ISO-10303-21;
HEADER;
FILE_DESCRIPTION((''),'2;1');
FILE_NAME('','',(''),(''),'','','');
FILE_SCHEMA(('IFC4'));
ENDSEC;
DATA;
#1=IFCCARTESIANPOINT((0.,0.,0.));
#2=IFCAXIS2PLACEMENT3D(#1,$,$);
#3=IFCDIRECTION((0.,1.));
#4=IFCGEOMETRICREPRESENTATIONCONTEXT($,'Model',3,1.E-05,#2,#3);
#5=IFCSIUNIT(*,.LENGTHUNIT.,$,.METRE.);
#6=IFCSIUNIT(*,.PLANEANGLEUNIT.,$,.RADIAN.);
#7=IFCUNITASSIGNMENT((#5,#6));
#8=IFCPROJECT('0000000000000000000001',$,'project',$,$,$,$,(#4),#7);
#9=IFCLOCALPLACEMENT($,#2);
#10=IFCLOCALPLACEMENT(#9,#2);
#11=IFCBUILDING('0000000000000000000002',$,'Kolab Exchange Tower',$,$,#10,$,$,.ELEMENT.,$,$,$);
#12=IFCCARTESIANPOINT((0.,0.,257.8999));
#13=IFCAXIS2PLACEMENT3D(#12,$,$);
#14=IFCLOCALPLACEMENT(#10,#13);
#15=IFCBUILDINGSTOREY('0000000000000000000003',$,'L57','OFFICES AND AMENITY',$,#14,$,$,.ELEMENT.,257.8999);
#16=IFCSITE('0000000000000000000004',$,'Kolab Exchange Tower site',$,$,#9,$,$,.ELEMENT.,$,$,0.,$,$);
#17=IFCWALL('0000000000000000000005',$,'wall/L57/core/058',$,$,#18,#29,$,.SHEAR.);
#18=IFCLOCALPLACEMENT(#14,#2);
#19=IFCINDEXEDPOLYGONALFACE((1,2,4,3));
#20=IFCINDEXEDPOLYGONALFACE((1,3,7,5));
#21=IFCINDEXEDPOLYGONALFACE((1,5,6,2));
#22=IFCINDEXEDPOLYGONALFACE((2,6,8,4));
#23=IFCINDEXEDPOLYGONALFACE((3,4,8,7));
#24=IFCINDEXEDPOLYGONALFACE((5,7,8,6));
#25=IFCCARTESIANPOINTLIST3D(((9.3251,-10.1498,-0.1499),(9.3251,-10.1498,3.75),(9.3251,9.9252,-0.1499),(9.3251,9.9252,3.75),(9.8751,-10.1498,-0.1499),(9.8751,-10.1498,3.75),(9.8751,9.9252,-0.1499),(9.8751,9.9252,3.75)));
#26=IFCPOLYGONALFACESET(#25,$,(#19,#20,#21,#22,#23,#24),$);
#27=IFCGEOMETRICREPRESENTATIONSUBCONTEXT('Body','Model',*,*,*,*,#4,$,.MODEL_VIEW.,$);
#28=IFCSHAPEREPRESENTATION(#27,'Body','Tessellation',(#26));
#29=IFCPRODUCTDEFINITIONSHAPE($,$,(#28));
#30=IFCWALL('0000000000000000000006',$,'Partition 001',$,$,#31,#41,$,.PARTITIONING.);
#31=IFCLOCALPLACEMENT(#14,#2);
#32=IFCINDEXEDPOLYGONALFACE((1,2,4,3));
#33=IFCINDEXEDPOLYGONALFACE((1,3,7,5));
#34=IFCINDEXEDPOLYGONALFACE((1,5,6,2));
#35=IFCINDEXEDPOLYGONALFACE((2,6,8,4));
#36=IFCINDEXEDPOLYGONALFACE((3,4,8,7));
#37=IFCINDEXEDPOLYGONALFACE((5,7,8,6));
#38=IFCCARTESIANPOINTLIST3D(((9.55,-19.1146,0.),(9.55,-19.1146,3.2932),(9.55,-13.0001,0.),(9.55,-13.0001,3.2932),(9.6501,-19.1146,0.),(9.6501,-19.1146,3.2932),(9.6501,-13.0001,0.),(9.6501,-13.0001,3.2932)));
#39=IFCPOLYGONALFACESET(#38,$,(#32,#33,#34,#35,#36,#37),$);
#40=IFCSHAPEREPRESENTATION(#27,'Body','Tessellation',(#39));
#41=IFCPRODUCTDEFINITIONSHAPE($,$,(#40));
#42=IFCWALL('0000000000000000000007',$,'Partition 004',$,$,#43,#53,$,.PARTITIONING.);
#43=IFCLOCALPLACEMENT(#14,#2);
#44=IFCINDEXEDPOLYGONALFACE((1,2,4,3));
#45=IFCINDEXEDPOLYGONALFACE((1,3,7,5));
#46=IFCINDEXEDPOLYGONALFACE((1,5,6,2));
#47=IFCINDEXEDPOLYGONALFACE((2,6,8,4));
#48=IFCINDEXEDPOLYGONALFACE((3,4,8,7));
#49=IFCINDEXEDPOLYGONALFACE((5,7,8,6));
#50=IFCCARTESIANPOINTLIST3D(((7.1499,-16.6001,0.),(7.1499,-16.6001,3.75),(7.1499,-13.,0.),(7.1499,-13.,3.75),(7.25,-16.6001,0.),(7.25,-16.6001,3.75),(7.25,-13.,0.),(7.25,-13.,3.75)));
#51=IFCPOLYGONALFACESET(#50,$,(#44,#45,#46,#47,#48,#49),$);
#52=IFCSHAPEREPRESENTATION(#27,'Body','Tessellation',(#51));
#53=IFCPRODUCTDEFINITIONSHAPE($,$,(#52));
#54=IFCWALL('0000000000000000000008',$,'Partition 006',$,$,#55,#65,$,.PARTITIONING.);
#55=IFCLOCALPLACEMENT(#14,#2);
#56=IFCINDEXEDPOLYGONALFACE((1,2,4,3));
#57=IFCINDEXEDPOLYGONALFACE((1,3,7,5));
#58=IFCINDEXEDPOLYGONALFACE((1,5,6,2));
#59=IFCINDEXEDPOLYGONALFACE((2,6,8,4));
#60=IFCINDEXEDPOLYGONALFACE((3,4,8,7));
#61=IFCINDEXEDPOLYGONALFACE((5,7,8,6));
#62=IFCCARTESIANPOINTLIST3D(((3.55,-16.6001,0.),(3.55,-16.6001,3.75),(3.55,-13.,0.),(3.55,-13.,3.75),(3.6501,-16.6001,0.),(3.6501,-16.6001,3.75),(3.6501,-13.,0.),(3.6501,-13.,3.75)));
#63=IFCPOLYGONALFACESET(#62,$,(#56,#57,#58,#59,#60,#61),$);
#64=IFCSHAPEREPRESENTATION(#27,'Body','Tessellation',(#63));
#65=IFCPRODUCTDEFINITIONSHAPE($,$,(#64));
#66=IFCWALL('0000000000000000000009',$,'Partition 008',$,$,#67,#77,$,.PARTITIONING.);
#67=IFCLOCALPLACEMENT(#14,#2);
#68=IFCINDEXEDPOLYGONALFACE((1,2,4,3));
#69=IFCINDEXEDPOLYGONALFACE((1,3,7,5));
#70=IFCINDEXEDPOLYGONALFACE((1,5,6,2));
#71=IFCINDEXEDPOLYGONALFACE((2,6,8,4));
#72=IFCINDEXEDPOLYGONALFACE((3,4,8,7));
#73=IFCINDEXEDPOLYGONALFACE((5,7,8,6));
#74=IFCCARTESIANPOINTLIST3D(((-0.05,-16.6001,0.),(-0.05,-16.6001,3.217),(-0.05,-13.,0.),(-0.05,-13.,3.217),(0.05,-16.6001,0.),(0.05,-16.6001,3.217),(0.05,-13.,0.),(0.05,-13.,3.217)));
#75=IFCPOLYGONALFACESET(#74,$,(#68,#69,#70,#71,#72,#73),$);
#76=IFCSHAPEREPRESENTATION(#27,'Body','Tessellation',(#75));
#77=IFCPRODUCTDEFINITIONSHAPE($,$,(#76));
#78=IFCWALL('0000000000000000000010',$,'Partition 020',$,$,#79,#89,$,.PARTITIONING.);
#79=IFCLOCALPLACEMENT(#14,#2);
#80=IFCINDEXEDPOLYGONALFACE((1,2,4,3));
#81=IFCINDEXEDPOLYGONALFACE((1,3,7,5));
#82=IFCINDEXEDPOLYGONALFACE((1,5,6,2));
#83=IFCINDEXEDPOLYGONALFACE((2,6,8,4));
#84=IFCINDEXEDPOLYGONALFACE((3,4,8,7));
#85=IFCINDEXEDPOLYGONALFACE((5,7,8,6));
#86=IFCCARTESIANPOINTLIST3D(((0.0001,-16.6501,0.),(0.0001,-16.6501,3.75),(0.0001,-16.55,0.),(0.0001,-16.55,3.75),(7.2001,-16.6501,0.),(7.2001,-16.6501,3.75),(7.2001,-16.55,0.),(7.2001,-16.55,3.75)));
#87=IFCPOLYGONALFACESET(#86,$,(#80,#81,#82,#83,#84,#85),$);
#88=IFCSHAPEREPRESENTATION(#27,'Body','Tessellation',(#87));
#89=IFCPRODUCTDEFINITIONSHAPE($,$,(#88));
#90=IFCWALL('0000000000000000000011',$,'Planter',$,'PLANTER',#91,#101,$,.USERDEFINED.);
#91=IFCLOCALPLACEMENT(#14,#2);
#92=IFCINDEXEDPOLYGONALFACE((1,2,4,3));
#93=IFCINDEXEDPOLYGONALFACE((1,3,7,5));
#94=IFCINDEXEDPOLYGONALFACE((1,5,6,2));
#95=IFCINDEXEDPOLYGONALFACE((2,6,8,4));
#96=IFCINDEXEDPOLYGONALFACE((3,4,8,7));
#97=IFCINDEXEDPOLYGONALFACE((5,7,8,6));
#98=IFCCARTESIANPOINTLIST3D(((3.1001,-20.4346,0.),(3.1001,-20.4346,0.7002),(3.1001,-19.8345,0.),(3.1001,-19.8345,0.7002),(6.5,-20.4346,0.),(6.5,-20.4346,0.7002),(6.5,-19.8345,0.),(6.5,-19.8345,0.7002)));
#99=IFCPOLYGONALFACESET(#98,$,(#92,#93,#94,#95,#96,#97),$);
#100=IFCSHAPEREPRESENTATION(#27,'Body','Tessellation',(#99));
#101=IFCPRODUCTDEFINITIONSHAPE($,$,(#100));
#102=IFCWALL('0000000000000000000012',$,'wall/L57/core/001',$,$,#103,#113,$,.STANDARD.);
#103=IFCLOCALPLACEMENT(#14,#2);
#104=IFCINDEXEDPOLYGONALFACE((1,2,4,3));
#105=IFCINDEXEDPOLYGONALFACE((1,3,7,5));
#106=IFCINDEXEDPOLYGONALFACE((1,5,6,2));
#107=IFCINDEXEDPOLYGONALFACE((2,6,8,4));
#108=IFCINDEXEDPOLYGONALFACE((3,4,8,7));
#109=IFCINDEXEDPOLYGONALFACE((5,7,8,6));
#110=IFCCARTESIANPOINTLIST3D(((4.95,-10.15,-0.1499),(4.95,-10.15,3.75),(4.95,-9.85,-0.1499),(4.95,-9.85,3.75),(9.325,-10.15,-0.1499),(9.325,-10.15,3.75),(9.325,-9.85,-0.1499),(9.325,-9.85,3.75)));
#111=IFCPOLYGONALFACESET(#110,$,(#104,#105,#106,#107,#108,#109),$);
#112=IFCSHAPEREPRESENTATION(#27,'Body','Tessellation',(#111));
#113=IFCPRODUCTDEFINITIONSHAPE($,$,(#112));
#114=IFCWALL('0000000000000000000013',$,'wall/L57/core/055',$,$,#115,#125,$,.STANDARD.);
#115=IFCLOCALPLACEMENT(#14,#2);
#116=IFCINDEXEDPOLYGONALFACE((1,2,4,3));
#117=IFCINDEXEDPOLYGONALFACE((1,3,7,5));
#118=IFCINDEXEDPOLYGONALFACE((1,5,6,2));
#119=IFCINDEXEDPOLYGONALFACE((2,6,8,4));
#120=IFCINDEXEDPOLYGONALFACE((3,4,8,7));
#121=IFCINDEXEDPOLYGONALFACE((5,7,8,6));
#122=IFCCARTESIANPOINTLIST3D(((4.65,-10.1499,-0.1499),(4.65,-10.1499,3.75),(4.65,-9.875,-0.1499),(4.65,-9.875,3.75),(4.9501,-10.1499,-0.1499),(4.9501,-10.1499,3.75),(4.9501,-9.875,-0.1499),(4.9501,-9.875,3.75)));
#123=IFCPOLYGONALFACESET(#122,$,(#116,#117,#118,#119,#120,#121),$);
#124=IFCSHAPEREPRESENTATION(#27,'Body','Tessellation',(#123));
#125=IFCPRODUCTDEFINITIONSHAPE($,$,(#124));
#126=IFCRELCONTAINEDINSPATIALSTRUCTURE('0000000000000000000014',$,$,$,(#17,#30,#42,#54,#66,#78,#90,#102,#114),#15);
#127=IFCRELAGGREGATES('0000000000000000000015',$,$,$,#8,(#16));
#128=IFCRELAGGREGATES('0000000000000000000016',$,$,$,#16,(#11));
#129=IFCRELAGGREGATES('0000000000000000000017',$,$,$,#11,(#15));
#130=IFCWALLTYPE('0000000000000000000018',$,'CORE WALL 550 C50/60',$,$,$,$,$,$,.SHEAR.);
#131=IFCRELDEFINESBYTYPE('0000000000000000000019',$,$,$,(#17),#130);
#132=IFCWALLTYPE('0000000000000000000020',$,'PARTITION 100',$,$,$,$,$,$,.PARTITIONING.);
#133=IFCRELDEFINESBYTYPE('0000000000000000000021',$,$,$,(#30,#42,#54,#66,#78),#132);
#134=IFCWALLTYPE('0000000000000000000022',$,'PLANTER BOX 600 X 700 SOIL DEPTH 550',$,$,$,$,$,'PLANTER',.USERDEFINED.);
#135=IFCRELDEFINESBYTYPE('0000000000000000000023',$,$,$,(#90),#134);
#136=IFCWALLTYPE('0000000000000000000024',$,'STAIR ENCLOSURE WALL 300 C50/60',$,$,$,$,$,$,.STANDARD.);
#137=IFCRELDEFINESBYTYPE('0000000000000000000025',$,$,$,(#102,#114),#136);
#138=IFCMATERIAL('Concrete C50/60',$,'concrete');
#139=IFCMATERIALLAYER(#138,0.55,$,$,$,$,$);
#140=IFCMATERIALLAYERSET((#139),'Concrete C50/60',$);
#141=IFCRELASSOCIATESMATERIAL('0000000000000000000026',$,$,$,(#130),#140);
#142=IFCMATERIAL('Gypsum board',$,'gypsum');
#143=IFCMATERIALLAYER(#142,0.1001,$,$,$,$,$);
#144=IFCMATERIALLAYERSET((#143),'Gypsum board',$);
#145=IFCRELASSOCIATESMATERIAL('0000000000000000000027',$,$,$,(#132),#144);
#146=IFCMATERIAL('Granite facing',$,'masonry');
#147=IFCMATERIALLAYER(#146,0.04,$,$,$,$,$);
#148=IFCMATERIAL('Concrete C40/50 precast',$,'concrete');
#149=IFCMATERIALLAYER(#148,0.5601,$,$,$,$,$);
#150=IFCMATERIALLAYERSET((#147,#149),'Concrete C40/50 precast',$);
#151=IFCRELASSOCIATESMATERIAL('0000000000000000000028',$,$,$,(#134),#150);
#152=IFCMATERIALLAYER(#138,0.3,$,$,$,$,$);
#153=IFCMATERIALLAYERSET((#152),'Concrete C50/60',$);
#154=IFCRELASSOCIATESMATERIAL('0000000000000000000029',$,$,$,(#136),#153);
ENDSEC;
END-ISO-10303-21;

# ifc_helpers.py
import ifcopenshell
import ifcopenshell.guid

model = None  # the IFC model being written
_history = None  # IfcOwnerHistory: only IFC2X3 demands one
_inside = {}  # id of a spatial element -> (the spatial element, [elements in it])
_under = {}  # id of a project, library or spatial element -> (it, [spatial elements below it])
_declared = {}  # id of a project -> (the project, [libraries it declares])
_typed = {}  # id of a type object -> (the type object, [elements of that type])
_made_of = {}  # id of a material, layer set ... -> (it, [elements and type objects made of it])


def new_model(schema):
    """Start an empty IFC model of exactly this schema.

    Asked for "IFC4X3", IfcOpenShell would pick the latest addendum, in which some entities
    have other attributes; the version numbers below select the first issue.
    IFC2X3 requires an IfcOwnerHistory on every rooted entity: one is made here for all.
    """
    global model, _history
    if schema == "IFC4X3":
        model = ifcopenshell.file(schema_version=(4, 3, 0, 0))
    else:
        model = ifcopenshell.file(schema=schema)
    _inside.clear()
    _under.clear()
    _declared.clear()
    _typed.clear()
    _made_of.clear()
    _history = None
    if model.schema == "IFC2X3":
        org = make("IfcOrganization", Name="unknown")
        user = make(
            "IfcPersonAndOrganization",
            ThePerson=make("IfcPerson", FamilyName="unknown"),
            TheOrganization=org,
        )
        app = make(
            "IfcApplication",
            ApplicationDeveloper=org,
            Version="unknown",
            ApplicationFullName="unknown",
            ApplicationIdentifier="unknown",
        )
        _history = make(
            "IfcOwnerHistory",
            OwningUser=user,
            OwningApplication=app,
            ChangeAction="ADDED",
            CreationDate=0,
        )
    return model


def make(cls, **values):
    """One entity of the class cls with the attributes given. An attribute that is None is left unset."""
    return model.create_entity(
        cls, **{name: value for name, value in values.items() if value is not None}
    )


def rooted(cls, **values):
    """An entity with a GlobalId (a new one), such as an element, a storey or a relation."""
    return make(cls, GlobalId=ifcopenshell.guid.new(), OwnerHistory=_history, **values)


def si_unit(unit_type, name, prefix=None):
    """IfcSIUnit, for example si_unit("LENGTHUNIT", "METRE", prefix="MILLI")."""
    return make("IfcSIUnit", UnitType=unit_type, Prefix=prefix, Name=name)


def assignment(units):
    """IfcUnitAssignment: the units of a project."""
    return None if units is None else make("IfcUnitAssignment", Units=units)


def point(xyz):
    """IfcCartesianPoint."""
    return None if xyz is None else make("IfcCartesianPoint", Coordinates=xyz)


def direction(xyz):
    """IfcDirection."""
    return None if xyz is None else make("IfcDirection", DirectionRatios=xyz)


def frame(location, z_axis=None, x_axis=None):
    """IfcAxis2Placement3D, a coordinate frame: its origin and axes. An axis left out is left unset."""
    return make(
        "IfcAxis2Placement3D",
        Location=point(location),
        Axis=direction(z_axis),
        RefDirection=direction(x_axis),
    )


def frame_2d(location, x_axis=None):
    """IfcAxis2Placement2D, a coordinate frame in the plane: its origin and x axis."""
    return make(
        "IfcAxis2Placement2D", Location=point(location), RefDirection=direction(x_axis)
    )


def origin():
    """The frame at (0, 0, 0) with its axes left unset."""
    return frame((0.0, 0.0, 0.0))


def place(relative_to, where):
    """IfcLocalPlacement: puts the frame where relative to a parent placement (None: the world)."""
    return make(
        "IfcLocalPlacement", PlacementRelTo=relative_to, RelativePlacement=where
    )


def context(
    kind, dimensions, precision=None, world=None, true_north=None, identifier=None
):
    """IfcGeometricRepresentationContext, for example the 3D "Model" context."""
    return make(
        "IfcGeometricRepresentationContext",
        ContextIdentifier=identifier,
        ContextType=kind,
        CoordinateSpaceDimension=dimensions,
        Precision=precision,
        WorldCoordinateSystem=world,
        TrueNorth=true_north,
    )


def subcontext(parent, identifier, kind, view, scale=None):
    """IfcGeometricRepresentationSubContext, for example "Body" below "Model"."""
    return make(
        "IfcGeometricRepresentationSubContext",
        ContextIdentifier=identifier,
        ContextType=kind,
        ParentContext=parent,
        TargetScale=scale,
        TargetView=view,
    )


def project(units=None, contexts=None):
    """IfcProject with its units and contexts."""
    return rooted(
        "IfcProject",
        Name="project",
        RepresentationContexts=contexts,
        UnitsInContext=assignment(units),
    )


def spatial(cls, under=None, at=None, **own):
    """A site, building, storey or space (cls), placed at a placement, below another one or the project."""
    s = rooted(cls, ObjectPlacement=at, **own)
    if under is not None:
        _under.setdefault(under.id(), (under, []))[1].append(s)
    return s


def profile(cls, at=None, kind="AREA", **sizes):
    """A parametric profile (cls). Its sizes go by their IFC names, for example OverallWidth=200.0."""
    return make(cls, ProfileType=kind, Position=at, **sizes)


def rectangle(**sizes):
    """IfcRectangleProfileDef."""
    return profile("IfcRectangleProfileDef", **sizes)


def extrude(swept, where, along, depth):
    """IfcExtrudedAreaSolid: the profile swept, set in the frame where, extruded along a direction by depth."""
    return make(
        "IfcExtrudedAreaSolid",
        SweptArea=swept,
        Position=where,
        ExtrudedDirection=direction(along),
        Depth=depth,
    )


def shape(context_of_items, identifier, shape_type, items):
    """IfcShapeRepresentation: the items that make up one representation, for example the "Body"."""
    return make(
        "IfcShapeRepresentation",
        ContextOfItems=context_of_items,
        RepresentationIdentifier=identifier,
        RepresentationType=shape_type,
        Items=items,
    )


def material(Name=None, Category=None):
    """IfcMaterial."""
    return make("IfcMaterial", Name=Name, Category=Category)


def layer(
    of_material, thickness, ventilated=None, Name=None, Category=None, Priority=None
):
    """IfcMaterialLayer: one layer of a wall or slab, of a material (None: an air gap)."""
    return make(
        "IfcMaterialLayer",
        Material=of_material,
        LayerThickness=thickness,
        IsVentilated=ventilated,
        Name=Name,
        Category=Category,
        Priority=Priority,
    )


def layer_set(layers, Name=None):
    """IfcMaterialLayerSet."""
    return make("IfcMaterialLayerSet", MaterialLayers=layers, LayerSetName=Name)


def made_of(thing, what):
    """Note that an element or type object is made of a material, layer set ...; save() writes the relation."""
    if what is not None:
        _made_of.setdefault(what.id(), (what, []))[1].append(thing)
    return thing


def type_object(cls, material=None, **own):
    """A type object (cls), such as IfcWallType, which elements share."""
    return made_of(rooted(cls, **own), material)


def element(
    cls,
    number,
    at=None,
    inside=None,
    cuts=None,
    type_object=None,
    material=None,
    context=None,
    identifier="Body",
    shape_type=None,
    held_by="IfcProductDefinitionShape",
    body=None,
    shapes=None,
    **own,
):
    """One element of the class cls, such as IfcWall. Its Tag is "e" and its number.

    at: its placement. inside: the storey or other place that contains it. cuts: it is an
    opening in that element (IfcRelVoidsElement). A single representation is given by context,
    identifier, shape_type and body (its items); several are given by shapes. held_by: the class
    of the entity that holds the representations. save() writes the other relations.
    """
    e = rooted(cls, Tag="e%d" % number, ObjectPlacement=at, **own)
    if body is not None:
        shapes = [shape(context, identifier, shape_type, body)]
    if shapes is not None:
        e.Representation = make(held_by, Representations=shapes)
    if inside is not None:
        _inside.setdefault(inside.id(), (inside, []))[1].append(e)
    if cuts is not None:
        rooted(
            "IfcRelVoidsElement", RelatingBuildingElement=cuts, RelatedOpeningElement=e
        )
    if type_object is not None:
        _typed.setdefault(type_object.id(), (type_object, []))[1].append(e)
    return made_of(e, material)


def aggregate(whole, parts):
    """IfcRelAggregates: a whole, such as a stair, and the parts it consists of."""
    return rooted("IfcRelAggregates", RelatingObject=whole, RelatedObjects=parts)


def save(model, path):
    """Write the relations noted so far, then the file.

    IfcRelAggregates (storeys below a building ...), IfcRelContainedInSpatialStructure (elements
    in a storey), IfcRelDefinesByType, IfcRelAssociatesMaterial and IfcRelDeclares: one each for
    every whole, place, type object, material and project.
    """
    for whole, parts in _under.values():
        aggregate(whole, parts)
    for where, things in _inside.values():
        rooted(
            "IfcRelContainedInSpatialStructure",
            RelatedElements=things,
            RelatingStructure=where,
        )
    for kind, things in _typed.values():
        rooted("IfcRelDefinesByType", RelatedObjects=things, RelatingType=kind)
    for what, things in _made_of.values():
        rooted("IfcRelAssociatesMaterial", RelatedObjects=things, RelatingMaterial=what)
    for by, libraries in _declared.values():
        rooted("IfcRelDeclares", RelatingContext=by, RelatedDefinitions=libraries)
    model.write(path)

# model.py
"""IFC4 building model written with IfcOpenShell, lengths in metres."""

from ifc_helpers import new_model, si_unit, direction, frame, frame_2d, origin, place, context, subcontext, project, spatial, rectangle, extrude, material, layer, layer_set, type_object, element, save


model = new_model("IFC4")

# Units and contexts
model_context = context("Model", 3, precision=1e-05, world=origin(), true_north=direction((0.0, 1.0)))
body_context = subcontext(model_context, "Body", "Model", "MODEL_VIEW")
ifc_project = project(units=[si_unit("LENGTHUNIT", "METRE"), si_unit("PLANEANGLEUNIT", "RADIAN")], contexts=[model_context])

# Site, building, storey
site_placement = place(None, origin())
site = spatial("IfcSite", under=ifc_project, at=site_placement, Name="Kolab Exchange Tower site", CompositionType="ELEMENT", RefElevation=0.0)
building_placement = place(site_placement, origin())
building = spatial("IfcBuilding", under=site, at=building_placement, Name="Kolab Exchange Tower", CompositionType="ELEMENT")
storey_placement = place(building_placement, frame((0.0, 0.0, 257.8999)))
storey = spatial("IfcBuildingStorey", under=building, at=storey_placement, Name="L57", Description="OFFICES AND AMENITY", CompositionType="ELEMENT", Elevation=257.8999)

# Shared definitions
ifc_material_1 = material(Name="Concrete C50/60", Category="concrete")

# Wall
ifc_layer_1 = layer(ifc_material_1, 0.55)
ifc_layer_set_1 = layer_set([ifc_layer_1], Name="Concrete C50/60")
wall_type_1 = type_object("IfcWallType", Name="CORE WALL 550 C50/60", PredefinedType="SHEAR", material=ifc_layer_set_1)
wall_1_placement = place(storey_placement, frame((9.6001, -10.1499, -0.1499), z_axis=(0.0, 0.0, 1.0), x_axis=(0.0, 1.0, 0.0)))
element("IfcWall", 1, at=wall_1_placement, inside=storey, type_object=wall_type_1, Name="wall/L57/core/058", PredefinedType="SHEAR", context=body_context, shape_type="SweptSolid", body=[
    extrude(rectangle(XDim=20.075, YDim=0.55, at=frame_2d((10.0376, 0.0))), origin(), (0.0, 0.0, 1.0), 3.8999),
])

# Walls
ifc_material_2 = material(Name="Gypsum board", Category="gypsum")
ifc_layer_2 = layer(ifc_material_2, 0.1001)
ifc_layer_set_2 = layer_set([ifc_layer_2], Name="Gypsum board")
wall_type_2 = type_object("IfcWallType", Name="PARTITION 100", PredefinedType="PARTITIONING", material=ifc_layer_set_2)
wall_2_placement = place(storey_placement, frame((9.6001, -19.1145, 0.0), z_axis=(0.0, 0.0, 1.0), x_axis=(0.0, 1.0, 0.0)))
element("IfcWall", 2, at=wall_2_placement, inside=storey, type_object=wall_type_2, Name="Partition 001", PredefinedType="PARTITIONING", context=body_context, shape_type="SweptSolid", body=[
    extrude(rectangle(XDim=6.1145, YDim=0.1001, at=frame_2d((3.0571, 0.0))), origin(), (0.0, 0.0, 1.0), 3.2932),
])
for number, where, z_axis, x_axis, name in (
    (3, (7.2, -16.6001, 0.0), (0.0, 0.0, 1.0), (0.0, 1.0, 0.0), "Partition 004"),
    (4, (3.6001, -16.6001, 0.0), (0.0, 0.0, 1.0), (0.0, 1.0, 0.0), "Partition 006"),
):
    element("IfcWall", number, at=place(storey_placement, frame(where, z_axis=z_axis, x_axis=x_axis)), inside=storey, type_object=wall_type_2, Name=name, PredefinedType="PARTITIONING", context=body_context, shape_type="SweptSolid", body=[
        extrude(rectangle(XDim=3.6001, YDim=0.1001, at=frame_2d((1.8, 0.0))), origin(), (0.0, 0.0, 1.0), 3.75),
    ])
wall_3_placement = place(storey_placement, frame((0.0, -16.6001, 0.0), z_axis=(0.0, 0.0, 1.0), x_axis=(0.0, 1.0, 0.0)))
element("IfcWall", 5, at=wall_3_placement, inside=storey, type_object=wall_type_2, Name="Partition 008", PredefinedType="PARTITIONING", context=body_context, shape_type="SweptSolid", body=[
    extrude(rectangle(XDim=3.6001, YDim=0.1001, at=frame_2d((1.8, 0.0))), origin(), (0.0, 0.0, 1.0), 3.217),
])
wall_4_placement = place(storey_placement, frame((0.0, -16.6001, 0.0), z_axis=(0.0, 0.0, 1.0), x_axis=(1.0, 0.0, 0.0)))
element("IfcWall", 6, at=wall_4_placement, inside=storey, type_object=wall_type_2, Name="Partition 020", PredefinedType="PARTITIONING", context=body_context, shape_type="SweptSolid", body=[
    extrude(rectangle(XDim=7.2, YDim=0.1001, at=frame_2d((3.6001, 0.0))), origin(), (0.0, 0.0, 1.0), 3.75),
])
ifc_material_3 = material(Name="Granite facing", Category="masonry")
ifc_layer_3 = layer(ifc_material_3, 0.04)
ifc_material_4 = material(Name="Concrete C40/50 precast", Category="concrete")
ifc_layer_4 = layer(ifc_material_4, 0.5601)
ifc_layer_set_3 = layer_set([ifc_layer_3, ifc_layer_4], Name="Concrete C40/50 precast")
wall_type_3 = type_object("IfcWallType", Name="PLANTER BOX 600 X 700 SOIL DEPTH 550", ElementType="PLANTER", PredefinedType="USERDEFINED", material=ifc_layer_set_3)
wall_5_placement = place(storey_placement, frame((6.5, -20.1345, 0.0), z_axis=(0.0, 0.0, 1.0), x_axis=(-1.0, 0.0, 0.0)))
element("IfcWall", 7, at=wall_5_placement, inside=storey, type_object=wall_type_3, Name="Planter", ObjectType="PLANTER", PredefinedType="USERDEFINED", context=body_context, shape_type="SweptSolid", body=[
    extrude(rectangle(XDim=3.3999, YDim=0.6001, at=frame_2d((1.7, 0.0))), origin(), (0.0, 0.0, 1.0), 0.7002),
])
ifc_layer_5 = layer(ifc_material_1, 0.3)
ifc_layer_set_4 = layer_set([ifc_layer_5], Name="Concrete C50/60")
wall_type_4 = type_object("IfcWallType", Name="STAIR ENCLOSURE WALL 300 C50/60", PredefinedType="STANDARD", material=ifc_layer_set_4)
wall_6_placement = place(storey_placement, frame((4.95, -10.0, -0.1499), z_axis=(0.0, 0.0, 1.0), x_axis=(1.0, 0.0, 0.0)))
element("IfcWall", 8, at=wall_6_placement, inside=storey, type_object=wall_type_4, Name="wall/L57/core/001", PredefinedType="STANDARD", context=body_context, shape_type="SweptSolid", body=[
    extrude(rectangle(XDim=4.375, YDim=0.3, at=frame_2d((2.1875, 0.0))), origin(), (0.0, 0.0, 1.0), 3.8999),
])
wall_7_placement = place(storey_placement, frame((4.8, -10.1499, -0.1499), z_axis=(0.0, 0.0, 1.0), x_axis=(0.0, 1.0, 0.0)))
element("IfcWall", 9, at=wall_7_placement, inside=storey, type_object=wall_type_4, Name="wall/L57/core/055", PredefinedType="STANDARD", context=body_context, shape_type="SweptSolid", body=[
    extrude(rectangle(XDim=0.2749, YDim=0.3, at=frame_2d((0.1375, 0.0))), origin(), (0.0, 0.0, 1.0), 3.8999),
])

save(model, "model.ifc")
